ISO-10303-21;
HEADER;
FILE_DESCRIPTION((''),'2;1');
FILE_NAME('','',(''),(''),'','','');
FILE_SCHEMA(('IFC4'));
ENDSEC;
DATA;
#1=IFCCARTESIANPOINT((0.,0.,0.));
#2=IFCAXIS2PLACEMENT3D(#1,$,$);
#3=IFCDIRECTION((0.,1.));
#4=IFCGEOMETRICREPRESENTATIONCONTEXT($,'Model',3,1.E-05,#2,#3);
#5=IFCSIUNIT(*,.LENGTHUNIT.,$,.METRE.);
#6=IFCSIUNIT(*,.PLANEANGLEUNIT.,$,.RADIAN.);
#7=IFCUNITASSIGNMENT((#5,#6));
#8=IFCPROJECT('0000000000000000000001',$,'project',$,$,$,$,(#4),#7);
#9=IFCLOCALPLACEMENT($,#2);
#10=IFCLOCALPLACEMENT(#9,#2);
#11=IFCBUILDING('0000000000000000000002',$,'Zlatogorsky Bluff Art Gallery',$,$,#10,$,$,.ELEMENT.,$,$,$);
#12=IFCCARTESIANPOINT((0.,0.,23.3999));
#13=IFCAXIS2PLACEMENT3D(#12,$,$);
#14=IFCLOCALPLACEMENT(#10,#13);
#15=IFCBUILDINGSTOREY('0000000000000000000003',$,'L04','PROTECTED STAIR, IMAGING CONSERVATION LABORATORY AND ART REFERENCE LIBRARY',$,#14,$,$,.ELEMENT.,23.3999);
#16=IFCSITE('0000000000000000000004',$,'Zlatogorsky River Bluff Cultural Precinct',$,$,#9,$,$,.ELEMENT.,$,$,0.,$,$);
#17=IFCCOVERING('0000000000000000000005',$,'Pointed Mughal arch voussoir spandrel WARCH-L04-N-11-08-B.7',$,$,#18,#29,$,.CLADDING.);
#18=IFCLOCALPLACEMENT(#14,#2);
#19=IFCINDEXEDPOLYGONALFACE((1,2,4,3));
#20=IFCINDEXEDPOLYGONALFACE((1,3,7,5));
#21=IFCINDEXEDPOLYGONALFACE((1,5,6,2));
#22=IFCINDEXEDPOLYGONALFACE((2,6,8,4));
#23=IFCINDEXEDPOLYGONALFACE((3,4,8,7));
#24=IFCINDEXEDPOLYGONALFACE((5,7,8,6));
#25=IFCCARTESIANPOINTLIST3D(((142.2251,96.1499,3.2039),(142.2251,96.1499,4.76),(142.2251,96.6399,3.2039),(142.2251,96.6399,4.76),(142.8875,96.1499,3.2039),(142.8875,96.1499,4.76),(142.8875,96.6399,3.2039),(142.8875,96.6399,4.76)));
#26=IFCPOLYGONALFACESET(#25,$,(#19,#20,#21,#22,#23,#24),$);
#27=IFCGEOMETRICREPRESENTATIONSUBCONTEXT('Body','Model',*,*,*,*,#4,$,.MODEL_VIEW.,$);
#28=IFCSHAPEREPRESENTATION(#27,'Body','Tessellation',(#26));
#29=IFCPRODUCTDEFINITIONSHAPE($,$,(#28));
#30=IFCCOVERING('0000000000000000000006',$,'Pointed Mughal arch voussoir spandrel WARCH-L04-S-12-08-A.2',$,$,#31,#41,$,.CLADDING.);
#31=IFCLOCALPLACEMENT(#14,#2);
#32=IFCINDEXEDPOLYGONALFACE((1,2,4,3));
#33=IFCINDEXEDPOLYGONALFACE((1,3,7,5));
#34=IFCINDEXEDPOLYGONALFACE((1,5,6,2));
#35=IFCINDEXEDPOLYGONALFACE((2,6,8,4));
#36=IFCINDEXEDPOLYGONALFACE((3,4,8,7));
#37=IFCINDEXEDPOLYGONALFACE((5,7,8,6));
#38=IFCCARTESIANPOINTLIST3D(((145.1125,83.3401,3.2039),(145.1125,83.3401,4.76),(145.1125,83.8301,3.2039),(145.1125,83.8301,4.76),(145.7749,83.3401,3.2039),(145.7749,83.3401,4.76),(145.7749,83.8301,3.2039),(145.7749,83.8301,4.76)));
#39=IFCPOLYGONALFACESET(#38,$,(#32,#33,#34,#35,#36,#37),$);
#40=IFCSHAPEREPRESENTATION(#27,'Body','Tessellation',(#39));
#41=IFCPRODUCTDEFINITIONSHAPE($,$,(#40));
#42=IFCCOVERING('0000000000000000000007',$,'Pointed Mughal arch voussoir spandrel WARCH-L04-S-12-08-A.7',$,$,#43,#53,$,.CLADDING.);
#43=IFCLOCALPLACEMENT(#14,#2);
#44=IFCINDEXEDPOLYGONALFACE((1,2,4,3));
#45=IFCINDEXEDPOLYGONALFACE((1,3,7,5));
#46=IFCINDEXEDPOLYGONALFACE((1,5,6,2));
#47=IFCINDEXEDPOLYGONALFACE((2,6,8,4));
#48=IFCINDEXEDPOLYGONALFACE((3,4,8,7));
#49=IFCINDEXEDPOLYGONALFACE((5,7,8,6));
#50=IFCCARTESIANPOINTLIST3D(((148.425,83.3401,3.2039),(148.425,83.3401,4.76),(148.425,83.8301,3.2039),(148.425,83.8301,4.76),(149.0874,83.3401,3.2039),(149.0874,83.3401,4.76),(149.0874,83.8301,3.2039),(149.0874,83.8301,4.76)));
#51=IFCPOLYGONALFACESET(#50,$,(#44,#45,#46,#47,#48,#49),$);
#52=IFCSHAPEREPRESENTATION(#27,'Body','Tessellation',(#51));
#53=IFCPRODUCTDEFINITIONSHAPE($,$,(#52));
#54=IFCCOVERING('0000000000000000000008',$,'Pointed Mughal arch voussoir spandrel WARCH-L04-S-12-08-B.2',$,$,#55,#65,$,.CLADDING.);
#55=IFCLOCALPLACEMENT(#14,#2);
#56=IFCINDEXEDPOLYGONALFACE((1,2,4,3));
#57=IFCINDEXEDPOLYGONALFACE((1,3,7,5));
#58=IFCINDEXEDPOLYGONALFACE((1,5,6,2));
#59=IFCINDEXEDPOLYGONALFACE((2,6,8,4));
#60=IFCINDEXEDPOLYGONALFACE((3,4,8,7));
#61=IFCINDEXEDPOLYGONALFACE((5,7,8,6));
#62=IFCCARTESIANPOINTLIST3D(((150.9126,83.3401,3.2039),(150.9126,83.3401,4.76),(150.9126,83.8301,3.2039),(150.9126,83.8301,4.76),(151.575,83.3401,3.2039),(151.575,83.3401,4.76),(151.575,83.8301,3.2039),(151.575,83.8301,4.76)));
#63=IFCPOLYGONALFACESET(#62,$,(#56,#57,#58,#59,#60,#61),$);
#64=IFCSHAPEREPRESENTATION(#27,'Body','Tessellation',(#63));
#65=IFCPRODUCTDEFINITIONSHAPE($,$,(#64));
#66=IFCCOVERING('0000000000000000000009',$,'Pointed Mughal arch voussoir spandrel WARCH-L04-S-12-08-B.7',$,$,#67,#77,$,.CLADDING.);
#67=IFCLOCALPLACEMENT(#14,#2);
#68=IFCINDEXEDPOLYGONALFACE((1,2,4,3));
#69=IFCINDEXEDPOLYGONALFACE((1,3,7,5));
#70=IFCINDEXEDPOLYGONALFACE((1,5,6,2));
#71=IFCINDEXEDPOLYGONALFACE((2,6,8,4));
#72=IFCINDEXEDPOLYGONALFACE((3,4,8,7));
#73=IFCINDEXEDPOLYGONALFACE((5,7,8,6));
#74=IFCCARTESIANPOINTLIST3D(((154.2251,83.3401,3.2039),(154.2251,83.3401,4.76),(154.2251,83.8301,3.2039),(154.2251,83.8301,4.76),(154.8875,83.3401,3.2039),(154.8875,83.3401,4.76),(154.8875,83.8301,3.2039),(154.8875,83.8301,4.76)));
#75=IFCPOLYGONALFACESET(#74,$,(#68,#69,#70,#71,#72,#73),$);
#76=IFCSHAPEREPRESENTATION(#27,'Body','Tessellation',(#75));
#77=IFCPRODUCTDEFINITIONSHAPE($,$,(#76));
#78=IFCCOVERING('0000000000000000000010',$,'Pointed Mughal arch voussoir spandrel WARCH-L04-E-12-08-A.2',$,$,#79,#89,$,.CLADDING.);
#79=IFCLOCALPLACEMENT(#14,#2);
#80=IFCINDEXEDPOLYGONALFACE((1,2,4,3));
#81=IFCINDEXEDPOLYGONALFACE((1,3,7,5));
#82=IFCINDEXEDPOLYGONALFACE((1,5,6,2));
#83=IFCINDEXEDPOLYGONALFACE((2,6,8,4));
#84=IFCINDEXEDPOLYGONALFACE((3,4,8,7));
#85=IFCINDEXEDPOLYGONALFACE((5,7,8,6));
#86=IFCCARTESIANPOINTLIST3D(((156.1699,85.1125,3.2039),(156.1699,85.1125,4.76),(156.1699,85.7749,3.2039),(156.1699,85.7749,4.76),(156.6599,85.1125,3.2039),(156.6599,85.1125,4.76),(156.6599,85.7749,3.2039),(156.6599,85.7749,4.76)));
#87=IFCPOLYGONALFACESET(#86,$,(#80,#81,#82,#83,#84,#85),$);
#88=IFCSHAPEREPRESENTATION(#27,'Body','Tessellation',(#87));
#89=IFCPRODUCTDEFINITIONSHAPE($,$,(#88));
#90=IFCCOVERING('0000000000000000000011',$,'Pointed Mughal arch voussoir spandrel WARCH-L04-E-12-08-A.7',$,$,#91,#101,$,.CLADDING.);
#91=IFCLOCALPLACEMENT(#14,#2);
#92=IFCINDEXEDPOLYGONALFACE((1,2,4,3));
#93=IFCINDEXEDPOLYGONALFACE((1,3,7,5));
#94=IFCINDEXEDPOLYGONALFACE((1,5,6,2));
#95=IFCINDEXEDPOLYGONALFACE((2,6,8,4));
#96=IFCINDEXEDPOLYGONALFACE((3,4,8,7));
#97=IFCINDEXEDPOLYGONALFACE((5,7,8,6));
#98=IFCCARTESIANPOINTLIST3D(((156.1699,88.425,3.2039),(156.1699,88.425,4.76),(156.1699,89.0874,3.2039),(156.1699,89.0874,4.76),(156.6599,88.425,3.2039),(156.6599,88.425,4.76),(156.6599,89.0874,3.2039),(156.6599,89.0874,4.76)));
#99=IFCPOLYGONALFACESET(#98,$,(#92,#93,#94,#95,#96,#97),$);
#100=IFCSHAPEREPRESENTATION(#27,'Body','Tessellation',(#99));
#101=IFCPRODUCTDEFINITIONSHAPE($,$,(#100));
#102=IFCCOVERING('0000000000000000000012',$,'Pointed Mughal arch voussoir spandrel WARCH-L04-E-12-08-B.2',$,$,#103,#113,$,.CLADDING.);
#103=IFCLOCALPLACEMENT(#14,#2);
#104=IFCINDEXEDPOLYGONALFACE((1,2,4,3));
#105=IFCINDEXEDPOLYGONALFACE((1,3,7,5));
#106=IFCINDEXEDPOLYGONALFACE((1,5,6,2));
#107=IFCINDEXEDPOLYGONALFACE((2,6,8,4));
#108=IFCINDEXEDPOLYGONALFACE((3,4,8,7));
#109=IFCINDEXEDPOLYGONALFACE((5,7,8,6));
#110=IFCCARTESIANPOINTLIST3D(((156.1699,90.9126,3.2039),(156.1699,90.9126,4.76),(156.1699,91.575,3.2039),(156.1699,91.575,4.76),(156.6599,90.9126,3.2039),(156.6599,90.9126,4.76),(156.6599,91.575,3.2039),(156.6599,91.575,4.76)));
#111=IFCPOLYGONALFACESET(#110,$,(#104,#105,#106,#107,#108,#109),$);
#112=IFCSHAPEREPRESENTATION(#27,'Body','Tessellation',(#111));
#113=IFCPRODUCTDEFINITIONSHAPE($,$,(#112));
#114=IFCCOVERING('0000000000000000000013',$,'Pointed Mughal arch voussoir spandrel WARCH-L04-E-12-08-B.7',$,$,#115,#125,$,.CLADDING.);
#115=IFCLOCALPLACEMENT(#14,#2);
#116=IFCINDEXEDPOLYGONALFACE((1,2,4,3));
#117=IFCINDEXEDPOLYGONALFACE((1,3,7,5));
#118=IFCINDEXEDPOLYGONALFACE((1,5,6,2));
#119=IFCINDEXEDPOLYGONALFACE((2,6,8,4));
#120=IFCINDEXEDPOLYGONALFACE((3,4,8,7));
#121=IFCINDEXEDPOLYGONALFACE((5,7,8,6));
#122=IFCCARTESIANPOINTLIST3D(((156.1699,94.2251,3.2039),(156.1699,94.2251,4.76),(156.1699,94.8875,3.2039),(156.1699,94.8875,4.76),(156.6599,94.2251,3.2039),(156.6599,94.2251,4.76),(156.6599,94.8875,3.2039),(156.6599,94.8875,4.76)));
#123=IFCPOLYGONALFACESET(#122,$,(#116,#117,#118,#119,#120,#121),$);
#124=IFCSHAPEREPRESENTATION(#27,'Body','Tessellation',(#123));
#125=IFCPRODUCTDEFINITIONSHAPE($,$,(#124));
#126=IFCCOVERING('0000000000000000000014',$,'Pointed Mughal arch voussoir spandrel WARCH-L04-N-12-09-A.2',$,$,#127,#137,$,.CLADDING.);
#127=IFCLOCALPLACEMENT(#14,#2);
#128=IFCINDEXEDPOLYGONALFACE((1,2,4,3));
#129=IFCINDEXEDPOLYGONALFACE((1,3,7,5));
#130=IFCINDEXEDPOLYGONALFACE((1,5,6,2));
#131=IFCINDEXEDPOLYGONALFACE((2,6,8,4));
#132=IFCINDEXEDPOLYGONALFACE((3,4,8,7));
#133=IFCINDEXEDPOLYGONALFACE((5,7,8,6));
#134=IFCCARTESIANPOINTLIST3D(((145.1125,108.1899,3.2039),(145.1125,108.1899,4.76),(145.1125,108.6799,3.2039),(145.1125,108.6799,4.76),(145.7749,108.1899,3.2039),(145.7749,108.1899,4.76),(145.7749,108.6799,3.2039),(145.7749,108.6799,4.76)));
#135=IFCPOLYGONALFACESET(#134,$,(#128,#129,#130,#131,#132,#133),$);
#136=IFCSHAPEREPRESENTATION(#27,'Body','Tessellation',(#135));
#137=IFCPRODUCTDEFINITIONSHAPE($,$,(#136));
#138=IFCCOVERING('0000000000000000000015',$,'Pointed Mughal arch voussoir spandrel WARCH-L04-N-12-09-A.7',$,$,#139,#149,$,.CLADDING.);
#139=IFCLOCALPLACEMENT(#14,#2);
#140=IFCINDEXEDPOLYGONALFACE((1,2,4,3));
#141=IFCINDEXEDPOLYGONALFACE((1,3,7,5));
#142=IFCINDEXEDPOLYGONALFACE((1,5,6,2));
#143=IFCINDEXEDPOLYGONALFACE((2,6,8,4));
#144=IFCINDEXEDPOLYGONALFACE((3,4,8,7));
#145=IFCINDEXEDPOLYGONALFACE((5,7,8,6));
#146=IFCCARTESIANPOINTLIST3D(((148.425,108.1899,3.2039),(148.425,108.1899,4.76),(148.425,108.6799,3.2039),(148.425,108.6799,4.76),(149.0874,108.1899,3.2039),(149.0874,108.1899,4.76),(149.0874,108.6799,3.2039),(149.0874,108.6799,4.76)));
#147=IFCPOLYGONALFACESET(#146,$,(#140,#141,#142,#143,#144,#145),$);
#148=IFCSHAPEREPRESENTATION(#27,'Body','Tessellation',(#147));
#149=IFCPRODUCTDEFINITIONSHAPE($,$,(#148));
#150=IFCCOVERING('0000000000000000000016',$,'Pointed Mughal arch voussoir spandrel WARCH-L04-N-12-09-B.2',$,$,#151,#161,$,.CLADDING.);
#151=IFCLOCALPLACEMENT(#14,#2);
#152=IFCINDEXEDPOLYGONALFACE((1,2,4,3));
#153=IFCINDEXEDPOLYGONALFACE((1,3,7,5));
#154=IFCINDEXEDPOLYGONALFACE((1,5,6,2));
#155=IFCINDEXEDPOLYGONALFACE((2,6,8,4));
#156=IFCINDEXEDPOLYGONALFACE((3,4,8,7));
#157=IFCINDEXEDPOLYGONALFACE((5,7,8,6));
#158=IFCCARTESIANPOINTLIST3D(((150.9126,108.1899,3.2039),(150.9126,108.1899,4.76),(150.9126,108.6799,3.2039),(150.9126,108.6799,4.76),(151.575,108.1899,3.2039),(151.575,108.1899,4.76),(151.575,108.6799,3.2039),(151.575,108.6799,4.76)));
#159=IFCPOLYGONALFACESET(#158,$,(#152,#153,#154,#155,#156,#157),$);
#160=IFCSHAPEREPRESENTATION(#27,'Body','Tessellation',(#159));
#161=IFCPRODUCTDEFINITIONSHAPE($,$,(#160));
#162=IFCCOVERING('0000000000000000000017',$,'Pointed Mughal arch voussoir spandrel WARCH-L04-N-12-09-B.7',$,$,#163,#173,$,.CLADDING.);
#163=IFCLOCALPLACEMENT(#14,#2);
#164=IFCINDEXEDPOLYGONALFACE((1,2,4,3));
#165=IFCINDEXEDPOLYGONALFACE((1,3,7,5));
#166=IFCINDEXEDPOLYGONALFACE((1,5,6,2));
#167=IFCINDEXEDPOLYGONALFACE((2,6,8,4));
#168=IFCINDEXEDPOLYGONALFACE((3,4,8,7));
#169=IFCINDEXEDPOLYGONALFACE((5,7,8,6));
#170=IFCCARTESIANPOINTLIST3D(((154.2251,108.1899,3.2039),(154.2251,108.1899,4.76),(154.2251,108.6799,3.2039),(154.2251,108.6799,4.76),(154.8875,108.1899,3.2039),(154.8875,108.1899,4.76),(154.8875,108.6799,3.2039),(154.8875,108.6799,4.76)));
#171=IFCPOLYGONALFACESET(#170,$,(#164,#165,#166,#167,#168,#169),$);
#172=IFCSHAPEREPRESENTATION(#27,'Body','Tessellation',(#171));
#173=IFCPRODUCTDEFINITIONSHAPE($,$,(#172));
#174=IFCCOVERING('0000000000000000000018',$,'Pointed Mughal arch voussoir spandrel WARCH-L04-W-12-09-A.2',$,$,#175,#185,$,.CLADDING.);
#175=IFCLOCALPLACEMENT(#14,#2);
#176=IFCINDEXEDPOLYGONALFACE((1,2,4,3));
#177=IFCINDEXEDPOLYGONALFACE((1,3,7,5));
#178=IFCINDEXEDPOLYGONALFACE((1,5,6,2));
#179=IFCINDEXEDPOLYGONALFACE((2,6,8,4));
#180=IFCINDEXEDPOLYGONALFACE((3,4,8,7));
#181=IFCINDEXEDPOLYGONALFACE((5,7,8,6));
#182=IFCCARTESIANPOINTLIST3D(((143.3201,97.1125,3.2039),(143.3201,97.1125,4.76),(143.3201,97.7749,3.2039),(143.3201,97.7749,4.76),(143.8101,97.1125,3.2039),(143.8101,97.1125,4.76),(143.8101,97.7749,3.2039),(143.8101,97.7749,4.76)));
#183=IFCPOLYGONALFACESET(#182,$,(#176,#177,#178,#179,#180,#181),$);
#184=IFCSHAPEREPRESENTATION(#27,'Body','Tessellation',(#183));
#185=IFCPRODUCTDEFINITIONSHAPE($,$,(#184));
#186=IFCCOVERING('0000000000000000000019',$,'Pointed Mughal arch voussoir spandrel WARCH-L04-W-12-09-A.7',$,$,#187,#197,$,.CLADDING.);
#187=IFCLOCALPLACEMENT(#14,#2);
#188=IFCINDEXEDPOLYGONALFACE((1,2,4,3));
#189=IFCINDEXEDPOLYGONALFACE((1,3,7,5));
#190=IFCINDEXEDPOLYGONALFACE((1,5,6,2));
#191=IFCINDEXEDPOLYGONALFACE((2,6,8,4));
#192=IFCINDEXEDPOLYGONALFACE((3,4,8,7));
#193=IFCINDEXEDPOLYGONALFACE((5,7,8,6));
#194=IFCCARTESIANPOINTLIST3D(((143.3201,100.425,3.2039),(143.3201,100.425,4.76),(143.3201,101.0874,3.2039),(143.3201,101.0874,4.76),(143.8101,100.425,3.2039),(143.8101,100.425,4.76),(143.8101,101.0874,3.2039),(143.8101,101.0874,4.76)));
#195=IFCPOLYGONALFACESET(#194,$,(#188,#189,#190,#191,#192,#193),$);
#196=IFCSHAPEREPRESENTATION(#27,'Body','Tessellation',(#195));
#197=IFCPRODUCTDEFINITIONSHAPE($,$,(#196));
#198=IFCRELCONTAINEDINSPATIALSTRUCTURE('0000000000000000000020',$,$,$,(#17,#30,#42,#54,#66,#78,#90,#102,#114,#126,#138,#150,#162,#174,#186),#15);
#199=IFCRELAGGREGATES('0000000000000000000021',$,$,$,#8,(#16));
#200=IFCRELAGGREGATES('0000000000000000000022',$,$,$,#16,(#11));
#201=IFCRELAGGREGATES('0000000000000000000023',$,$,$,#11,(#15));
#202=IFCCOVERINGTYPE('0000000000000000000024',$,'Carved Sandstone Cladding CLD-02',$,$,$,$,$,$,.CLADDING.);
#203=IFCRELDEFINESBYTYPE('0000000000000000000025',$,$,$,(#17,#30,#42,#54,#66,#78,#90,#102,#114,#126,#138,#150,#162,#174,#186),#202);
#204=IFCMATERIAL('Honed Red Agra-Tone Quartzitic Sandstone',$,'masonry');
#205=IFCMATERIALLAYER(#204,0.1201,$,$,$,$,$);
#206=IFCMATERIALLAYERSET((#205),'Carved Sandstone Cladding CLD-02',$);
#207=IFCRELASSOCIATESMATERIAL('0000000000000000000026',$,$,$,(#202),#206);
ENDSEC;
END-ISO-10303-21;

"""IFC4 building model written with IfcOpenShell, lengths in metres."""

from ifc_helpers import new_model, si_unit, direction, frame, origin, place, context, subcontext, project, spatial, polyline, outline, extrude, material, layer, layer_set, type_object, element, save


model = new_model("IFC4")

# Units and contexts
model_context = context("Model", 3, precision=1e-05, world=origin(), true_north=direction((0.0, 1.0)))
body_context = subcontext(model_context, "Body", "Model", "MODEL_VIEW")
ifc_project = project(units=[si_unit("LENGTHUNIT", "METRE"), si_unit("PLANEANGLEUNIT", "RADIAN")], contexts=[model_context])

# Site, building, storey
site_placement = place(None, origin())
site = spatial("IfcSite", under=ifc_project, at=site_placement, Name="Zlatogorsky River Bluff Cultural Precinct", CompositionType="ELEMENT", RefElevation=0.0)
building_placement = place(site_placement, origin())
building = spatial("IfcBuilding", under=site, at=building_placement, Name="Zlatogorsky Bluff Art Gallery", CompositionType="ELEMENT")
storey_placement = place(building_placement, frame((0.0, 0.0, 23.3999)))
storey = spatial("IfcBuildingStorey", under=building, at=storey_placement, Name="L04", Description="PROTECTED STAIR, IMAGING CONSERVATION LABORATORY AND ART REFERENCE LIBRARY", CompositionType="ELEMENT", Elevation=23.3999)

# Coverings
ifc_material = material(Name="Honed Red Agra-Tone Quartzitic Sandstone", Category="masonry")
ifc_layer = layer(ifc_material, 0.1201)
ifc_layer_set = layer_set([ifc_layer], Name="Carved Sandstone Cladding CLD-02")
covering_type = type_object("IfcCoveringType", Name="Carved Sandstone Cladding CLD-02", PredefinedType="CLADDING", material=ifc_layer_set)
covering_1_placement = place(storey_placement, frame((0.0, 0.0, 3.2039)))
element("IfcCovering", 1, at=covering_1_placement, inside=storey, type_object=covering_type, Name="Pointed Mughal arch voussoir spandrel WARCH-L04-N-11-08-B.7", PredefinedType="CLADDING", context=body_context, shape_type="SweptSolid", body=[
    extrude(outline(polyline([(142.2251, 96.1499), (142.8875, 96.1499), (142.8875, 96.6399), (142.2251, 96.6399), (142.2251, 96.1499)])), origin(), (0.0, 0.0, 1.0), 1.5562),
])
covering_2_placement = place(storey_placement, frame((0.0, 0.0, 3.2039)))
element("IfcCovering", 2, at=covering_2_placement, inside=storey, type_object=covering_type, Name="Pointed Mughal arch voussoir spandrel WARCH-L04-S-12-08-A.2", PredefinedType="CLADDING", context=body_context, shape_type="SweptSolid", body=[
    extrude(outline(polyline([(145.1125, 83.3401), (145.7749, 83.3401), (145.7749, 83.8301), (145.1125, 83.8301), (145.1125, 83.3401)])), origin(), (0.0, 0.0, 1.0), 1.5562),
])
covering_3_placement = place(storey_placement, frame((0.0, 0.0, 3.2039)))
element("IfcCovering", 3, at=covering_3_placement, inside=storey, type_object=covering_type, Name="Pointed Mughal arch voussoir spandrel WARCH-L04-S-12-08-A.7", PredefinedType="CLADDING", context=body_context, shape_type="SweptSolid", body=[
    extrude(outline(polyline([(148.425, 83.3401), (149.0874, 83.3401), (149.0874, 83.8301), (148.425, 83.8301), (148.425, 83.3401)])), origin(), (0.0, 0.0, 1.0), 1.5562),
])
covering_4_placement = place(storey_placement, frame((0.0, 0.0, 3.2039)))
element("IfcCovering", 4, at=covering_4_placement, inside=storey, type_object=covering_type, Name="Pointed Mughal arch voussoir spandrel WARCH-L04-S-12-08-B.2", PredefinedType="CLADDING", context=body_context, shape_type="SweptSolid", body=[
    extrude(outline(polyline([(150.9126, 83.3401), (151.575, 83.3401), (151.575, 83.8301), (150.9126, 83.8301), (150.9126, 83.3401)])), origin(), (0.0, 0.0, 1.0), 1.5562),
])
covering_5_placement = place(storey_placement, frame((0.0, 0.0, 3.2039)))
element("IfcCovering", 5, at=covering_5_placement, inside=storey, type_object=covering_type, Name="Pointed Mughal arch voussoir spandrel WARCH-L04-S-12-08-B.7", PredefinedType="CLADDING", context=body_context, shape_type="SweptSolid", body=[
    extrude(outline(polyline([(154.2251, 83.3401), (154.8875, 83.3401), (154.8875, 83.8301), (154.2251, 83.8301), (154.2251, 83.3401)])), origin(), (0.0, 0.0, 1.0), 1.5562),
])
covering_6_placement = place(storey_placement, frame((0.0, 0.0, 3.2039)))
element("IfcCovering", 6, at=covering_6_placement, inside=storey, type_object=covering_type, Name="Pointed Mughal arch voussoir spandrel WARCH-L04-E-12-08-A.2", PredefinedType="CLADDING", context=body_context, shape_type="SweptSolid", body=[
    extrude(outline(polyline([(156.1699, 85.1125), (156.1699, 85.7749), (156.6599, 85.7749), (156.6599, 85.1125), (156.1699, 85.1125)])), origin(), (0.0, 0.0, 1.0), 1.5562),
])
covering_7_placement = place(storey_placement, frame((0.0, 0.0, 3.2039)))
element("IfcCovering", 7, at=covering_7_placement, inside=storey, type_object=covering_type, Name="Pointed Mughal arch voussoir spandrel WARCH-L04-E-12-08-A.7", PredefinedType="CLADDING", context=body_context, shape_type="SweptSolid", body=[
    extrude(outline(polyline([(156.1699, 88.425), (156.1699, 89.0874), (156.6599, 89.0874), (156.6599, 88.425), (156.1699, 88.425)])), origin(), (0.0, 0.0, 1.0), 1.5562),
])
covering_8_placement = place(storey_placement, frame((0.0, 0.0, 3.2039)))
element("IfcCovering", 8, at=covering_8_placement, inside=storey, type_object=covering_type, Name="Pointed Mughal arch voussoir spandrel WARCH-L04-E-12-08-B.2", PredefinedType="CLADDING", context=body_context, shape_type="SweptSolid", body=[
    extrude(outline(polyline([(156.1699, 90.9126), (156.1699, 91.575), (156.6599, 91.575), (156.6599, 90.9126), (156.1699, 90.9126)])), origin(), (0.0, 0.0, 1.0), 1.5562),
])
covering_9_placement = place(storey_placement, frame((0.0, 0.0, 3.2039)))
element("IfcCovering", 9, at=covering_9_placement, inside=storey, type_object=covering_type, Name="Pointed Mughal arch voussoir spandrel WARCH-L04-E-12-08-B.7", PredefinedType="CLADDING", context=body_context, shape_type="SweptSolid", body=[
    extrude(outline(polyline([(156.1699, 94.2251), (156.1699, 94.8875), (156.6599, 94.8875), (156.6599, 94.2251), (156.1699, 94.2251)])), origin(), (0.0, 0.0, 1.0), 1.5562),
])
covering_10_placement = place(storey_placement, frame((0.0, 0.0, 3.2039)))
element("IfcCovering", 10, at=covering_10_placement, inside=storey, type_object=covering_type, Name="Pointed Mughal arch voussoir spandrel WARCH-L04-N-12-09-A.2", PredefinedType="CLADDING", context=body_context, shape_type="SweptSolid", body=[
    extrude(outline(polyline([(145.1125, 108.1899), (145.7749, 108.1899), (145.7749, 108.6799), (145.1125, 108.6799), (145.1125, 108.1899)])), origin(), (0.0, 0.0, 1.0), 1.5562),
])
covering_11_placement = place(storey_placement, frame((0.0, 0.0, 3.2039)))
element("IfcCovering", 11, at=covering_11_placement, inside=storey, type_object=covering_type, Name="Pointed Mughal arch voussoir spandrel WARCH-L04-N-12-09-A.7", PredefinedType="CLADDING", context=body_context, shape_type="SweptSolid", body=[
    extrude(outline(polyline([(148.425, 108.1899), (149.0874, 108.1899), (149.0874, 108.6799), (148.425, 108.6799), (148.425, 108.1899)])), origin(), (0.0, 0.0, 1.0), 1.5562),
])
covering_12_placement = place(storey_placement, frame((0.0, 0.0, 3.2039)))
element("IfcCovering", 12, at=covering_12_placement, inside=storey, type_object=covering_type, Name="Pointed Mughal arch voussoir spandrel WARCH-L04-N-12-09-B.2", PredefinedType="CLADDING", context=body_context, shape_type="SweptSolid", body=[
    extrude(outline(polyline([(150.9126, 108.1899), (151.575, 108.1899), (151.575, 108.6799), (150.9126, 108.6799), (150.9126, 108.1899)])), origin(), (0.0, 0.0, 1.0), 1.5562),
])
covering_13_placement = place(storey_placement, frame((0.0, 0.0, 3.2039)))
element("IfcCovering", 13, at=covering_13_placement, inside=storey, type_object=covering_type, Name="Pointed Mughal arch voussoir spandrel WARCH-L04-N-12-09-B.7", PredefinedType="CLADDING", context=body_context, shape_type="SweptSolid", body=[
    extrude(outline(polyline([(154.2251, 108.1899), (154.8875, 108.1899), (154.8875, 108.6799), (154.2251, 108.6799), (154.2251, 108.1899)])), origin(), (0.0, 0.0, 1.0), 1.5562),
])
covering_14_placement = place(storey_placement, frame((0.0, 0.0, 3.2039)))
element("IfcCovering", 14, at=covering_14_placement, inside=storey, type_object=covering_type, Name="Pointed Mughal arch voussoir spandrel WARCH-L04-W-12-09-A.2", PredefinedType="CLADDING", context=body_context, shape_type="SweptSolid", body=[
    extrude(outline(polyline([(143.3201, 97.1125), (143.3201, 97.7749), (143.8101, 97.7749), (143.8101, 97.1125), (143.3201, 97.1125)])), origin(), (0.0, 0.0, 1.0), 1.5562),
])
covering_15_placement = place(storey_placement, frame((0.0, 0.0, 3.2039)))
element("IfcCovering", 15, at=covering_15_placement, inside=storey, type_object=covering_type, Name="Pointed Mughal arch voussoir spandrel WARCH-L04-W-12-09-A.7", PredefinedType="CLADDING", context=body_context, shape_type="SweptSolid", body=[
    extrude(outline(polyline([(143.3201, 100.425), (143.3201, 101.0874), (143.8101, 101.0874), (143.8101, 100.425), (143.3201, 100.425)])), origin(), (0.0, 0.0, 1.0), 1.5562),
])

save(model, "model.ifc")
